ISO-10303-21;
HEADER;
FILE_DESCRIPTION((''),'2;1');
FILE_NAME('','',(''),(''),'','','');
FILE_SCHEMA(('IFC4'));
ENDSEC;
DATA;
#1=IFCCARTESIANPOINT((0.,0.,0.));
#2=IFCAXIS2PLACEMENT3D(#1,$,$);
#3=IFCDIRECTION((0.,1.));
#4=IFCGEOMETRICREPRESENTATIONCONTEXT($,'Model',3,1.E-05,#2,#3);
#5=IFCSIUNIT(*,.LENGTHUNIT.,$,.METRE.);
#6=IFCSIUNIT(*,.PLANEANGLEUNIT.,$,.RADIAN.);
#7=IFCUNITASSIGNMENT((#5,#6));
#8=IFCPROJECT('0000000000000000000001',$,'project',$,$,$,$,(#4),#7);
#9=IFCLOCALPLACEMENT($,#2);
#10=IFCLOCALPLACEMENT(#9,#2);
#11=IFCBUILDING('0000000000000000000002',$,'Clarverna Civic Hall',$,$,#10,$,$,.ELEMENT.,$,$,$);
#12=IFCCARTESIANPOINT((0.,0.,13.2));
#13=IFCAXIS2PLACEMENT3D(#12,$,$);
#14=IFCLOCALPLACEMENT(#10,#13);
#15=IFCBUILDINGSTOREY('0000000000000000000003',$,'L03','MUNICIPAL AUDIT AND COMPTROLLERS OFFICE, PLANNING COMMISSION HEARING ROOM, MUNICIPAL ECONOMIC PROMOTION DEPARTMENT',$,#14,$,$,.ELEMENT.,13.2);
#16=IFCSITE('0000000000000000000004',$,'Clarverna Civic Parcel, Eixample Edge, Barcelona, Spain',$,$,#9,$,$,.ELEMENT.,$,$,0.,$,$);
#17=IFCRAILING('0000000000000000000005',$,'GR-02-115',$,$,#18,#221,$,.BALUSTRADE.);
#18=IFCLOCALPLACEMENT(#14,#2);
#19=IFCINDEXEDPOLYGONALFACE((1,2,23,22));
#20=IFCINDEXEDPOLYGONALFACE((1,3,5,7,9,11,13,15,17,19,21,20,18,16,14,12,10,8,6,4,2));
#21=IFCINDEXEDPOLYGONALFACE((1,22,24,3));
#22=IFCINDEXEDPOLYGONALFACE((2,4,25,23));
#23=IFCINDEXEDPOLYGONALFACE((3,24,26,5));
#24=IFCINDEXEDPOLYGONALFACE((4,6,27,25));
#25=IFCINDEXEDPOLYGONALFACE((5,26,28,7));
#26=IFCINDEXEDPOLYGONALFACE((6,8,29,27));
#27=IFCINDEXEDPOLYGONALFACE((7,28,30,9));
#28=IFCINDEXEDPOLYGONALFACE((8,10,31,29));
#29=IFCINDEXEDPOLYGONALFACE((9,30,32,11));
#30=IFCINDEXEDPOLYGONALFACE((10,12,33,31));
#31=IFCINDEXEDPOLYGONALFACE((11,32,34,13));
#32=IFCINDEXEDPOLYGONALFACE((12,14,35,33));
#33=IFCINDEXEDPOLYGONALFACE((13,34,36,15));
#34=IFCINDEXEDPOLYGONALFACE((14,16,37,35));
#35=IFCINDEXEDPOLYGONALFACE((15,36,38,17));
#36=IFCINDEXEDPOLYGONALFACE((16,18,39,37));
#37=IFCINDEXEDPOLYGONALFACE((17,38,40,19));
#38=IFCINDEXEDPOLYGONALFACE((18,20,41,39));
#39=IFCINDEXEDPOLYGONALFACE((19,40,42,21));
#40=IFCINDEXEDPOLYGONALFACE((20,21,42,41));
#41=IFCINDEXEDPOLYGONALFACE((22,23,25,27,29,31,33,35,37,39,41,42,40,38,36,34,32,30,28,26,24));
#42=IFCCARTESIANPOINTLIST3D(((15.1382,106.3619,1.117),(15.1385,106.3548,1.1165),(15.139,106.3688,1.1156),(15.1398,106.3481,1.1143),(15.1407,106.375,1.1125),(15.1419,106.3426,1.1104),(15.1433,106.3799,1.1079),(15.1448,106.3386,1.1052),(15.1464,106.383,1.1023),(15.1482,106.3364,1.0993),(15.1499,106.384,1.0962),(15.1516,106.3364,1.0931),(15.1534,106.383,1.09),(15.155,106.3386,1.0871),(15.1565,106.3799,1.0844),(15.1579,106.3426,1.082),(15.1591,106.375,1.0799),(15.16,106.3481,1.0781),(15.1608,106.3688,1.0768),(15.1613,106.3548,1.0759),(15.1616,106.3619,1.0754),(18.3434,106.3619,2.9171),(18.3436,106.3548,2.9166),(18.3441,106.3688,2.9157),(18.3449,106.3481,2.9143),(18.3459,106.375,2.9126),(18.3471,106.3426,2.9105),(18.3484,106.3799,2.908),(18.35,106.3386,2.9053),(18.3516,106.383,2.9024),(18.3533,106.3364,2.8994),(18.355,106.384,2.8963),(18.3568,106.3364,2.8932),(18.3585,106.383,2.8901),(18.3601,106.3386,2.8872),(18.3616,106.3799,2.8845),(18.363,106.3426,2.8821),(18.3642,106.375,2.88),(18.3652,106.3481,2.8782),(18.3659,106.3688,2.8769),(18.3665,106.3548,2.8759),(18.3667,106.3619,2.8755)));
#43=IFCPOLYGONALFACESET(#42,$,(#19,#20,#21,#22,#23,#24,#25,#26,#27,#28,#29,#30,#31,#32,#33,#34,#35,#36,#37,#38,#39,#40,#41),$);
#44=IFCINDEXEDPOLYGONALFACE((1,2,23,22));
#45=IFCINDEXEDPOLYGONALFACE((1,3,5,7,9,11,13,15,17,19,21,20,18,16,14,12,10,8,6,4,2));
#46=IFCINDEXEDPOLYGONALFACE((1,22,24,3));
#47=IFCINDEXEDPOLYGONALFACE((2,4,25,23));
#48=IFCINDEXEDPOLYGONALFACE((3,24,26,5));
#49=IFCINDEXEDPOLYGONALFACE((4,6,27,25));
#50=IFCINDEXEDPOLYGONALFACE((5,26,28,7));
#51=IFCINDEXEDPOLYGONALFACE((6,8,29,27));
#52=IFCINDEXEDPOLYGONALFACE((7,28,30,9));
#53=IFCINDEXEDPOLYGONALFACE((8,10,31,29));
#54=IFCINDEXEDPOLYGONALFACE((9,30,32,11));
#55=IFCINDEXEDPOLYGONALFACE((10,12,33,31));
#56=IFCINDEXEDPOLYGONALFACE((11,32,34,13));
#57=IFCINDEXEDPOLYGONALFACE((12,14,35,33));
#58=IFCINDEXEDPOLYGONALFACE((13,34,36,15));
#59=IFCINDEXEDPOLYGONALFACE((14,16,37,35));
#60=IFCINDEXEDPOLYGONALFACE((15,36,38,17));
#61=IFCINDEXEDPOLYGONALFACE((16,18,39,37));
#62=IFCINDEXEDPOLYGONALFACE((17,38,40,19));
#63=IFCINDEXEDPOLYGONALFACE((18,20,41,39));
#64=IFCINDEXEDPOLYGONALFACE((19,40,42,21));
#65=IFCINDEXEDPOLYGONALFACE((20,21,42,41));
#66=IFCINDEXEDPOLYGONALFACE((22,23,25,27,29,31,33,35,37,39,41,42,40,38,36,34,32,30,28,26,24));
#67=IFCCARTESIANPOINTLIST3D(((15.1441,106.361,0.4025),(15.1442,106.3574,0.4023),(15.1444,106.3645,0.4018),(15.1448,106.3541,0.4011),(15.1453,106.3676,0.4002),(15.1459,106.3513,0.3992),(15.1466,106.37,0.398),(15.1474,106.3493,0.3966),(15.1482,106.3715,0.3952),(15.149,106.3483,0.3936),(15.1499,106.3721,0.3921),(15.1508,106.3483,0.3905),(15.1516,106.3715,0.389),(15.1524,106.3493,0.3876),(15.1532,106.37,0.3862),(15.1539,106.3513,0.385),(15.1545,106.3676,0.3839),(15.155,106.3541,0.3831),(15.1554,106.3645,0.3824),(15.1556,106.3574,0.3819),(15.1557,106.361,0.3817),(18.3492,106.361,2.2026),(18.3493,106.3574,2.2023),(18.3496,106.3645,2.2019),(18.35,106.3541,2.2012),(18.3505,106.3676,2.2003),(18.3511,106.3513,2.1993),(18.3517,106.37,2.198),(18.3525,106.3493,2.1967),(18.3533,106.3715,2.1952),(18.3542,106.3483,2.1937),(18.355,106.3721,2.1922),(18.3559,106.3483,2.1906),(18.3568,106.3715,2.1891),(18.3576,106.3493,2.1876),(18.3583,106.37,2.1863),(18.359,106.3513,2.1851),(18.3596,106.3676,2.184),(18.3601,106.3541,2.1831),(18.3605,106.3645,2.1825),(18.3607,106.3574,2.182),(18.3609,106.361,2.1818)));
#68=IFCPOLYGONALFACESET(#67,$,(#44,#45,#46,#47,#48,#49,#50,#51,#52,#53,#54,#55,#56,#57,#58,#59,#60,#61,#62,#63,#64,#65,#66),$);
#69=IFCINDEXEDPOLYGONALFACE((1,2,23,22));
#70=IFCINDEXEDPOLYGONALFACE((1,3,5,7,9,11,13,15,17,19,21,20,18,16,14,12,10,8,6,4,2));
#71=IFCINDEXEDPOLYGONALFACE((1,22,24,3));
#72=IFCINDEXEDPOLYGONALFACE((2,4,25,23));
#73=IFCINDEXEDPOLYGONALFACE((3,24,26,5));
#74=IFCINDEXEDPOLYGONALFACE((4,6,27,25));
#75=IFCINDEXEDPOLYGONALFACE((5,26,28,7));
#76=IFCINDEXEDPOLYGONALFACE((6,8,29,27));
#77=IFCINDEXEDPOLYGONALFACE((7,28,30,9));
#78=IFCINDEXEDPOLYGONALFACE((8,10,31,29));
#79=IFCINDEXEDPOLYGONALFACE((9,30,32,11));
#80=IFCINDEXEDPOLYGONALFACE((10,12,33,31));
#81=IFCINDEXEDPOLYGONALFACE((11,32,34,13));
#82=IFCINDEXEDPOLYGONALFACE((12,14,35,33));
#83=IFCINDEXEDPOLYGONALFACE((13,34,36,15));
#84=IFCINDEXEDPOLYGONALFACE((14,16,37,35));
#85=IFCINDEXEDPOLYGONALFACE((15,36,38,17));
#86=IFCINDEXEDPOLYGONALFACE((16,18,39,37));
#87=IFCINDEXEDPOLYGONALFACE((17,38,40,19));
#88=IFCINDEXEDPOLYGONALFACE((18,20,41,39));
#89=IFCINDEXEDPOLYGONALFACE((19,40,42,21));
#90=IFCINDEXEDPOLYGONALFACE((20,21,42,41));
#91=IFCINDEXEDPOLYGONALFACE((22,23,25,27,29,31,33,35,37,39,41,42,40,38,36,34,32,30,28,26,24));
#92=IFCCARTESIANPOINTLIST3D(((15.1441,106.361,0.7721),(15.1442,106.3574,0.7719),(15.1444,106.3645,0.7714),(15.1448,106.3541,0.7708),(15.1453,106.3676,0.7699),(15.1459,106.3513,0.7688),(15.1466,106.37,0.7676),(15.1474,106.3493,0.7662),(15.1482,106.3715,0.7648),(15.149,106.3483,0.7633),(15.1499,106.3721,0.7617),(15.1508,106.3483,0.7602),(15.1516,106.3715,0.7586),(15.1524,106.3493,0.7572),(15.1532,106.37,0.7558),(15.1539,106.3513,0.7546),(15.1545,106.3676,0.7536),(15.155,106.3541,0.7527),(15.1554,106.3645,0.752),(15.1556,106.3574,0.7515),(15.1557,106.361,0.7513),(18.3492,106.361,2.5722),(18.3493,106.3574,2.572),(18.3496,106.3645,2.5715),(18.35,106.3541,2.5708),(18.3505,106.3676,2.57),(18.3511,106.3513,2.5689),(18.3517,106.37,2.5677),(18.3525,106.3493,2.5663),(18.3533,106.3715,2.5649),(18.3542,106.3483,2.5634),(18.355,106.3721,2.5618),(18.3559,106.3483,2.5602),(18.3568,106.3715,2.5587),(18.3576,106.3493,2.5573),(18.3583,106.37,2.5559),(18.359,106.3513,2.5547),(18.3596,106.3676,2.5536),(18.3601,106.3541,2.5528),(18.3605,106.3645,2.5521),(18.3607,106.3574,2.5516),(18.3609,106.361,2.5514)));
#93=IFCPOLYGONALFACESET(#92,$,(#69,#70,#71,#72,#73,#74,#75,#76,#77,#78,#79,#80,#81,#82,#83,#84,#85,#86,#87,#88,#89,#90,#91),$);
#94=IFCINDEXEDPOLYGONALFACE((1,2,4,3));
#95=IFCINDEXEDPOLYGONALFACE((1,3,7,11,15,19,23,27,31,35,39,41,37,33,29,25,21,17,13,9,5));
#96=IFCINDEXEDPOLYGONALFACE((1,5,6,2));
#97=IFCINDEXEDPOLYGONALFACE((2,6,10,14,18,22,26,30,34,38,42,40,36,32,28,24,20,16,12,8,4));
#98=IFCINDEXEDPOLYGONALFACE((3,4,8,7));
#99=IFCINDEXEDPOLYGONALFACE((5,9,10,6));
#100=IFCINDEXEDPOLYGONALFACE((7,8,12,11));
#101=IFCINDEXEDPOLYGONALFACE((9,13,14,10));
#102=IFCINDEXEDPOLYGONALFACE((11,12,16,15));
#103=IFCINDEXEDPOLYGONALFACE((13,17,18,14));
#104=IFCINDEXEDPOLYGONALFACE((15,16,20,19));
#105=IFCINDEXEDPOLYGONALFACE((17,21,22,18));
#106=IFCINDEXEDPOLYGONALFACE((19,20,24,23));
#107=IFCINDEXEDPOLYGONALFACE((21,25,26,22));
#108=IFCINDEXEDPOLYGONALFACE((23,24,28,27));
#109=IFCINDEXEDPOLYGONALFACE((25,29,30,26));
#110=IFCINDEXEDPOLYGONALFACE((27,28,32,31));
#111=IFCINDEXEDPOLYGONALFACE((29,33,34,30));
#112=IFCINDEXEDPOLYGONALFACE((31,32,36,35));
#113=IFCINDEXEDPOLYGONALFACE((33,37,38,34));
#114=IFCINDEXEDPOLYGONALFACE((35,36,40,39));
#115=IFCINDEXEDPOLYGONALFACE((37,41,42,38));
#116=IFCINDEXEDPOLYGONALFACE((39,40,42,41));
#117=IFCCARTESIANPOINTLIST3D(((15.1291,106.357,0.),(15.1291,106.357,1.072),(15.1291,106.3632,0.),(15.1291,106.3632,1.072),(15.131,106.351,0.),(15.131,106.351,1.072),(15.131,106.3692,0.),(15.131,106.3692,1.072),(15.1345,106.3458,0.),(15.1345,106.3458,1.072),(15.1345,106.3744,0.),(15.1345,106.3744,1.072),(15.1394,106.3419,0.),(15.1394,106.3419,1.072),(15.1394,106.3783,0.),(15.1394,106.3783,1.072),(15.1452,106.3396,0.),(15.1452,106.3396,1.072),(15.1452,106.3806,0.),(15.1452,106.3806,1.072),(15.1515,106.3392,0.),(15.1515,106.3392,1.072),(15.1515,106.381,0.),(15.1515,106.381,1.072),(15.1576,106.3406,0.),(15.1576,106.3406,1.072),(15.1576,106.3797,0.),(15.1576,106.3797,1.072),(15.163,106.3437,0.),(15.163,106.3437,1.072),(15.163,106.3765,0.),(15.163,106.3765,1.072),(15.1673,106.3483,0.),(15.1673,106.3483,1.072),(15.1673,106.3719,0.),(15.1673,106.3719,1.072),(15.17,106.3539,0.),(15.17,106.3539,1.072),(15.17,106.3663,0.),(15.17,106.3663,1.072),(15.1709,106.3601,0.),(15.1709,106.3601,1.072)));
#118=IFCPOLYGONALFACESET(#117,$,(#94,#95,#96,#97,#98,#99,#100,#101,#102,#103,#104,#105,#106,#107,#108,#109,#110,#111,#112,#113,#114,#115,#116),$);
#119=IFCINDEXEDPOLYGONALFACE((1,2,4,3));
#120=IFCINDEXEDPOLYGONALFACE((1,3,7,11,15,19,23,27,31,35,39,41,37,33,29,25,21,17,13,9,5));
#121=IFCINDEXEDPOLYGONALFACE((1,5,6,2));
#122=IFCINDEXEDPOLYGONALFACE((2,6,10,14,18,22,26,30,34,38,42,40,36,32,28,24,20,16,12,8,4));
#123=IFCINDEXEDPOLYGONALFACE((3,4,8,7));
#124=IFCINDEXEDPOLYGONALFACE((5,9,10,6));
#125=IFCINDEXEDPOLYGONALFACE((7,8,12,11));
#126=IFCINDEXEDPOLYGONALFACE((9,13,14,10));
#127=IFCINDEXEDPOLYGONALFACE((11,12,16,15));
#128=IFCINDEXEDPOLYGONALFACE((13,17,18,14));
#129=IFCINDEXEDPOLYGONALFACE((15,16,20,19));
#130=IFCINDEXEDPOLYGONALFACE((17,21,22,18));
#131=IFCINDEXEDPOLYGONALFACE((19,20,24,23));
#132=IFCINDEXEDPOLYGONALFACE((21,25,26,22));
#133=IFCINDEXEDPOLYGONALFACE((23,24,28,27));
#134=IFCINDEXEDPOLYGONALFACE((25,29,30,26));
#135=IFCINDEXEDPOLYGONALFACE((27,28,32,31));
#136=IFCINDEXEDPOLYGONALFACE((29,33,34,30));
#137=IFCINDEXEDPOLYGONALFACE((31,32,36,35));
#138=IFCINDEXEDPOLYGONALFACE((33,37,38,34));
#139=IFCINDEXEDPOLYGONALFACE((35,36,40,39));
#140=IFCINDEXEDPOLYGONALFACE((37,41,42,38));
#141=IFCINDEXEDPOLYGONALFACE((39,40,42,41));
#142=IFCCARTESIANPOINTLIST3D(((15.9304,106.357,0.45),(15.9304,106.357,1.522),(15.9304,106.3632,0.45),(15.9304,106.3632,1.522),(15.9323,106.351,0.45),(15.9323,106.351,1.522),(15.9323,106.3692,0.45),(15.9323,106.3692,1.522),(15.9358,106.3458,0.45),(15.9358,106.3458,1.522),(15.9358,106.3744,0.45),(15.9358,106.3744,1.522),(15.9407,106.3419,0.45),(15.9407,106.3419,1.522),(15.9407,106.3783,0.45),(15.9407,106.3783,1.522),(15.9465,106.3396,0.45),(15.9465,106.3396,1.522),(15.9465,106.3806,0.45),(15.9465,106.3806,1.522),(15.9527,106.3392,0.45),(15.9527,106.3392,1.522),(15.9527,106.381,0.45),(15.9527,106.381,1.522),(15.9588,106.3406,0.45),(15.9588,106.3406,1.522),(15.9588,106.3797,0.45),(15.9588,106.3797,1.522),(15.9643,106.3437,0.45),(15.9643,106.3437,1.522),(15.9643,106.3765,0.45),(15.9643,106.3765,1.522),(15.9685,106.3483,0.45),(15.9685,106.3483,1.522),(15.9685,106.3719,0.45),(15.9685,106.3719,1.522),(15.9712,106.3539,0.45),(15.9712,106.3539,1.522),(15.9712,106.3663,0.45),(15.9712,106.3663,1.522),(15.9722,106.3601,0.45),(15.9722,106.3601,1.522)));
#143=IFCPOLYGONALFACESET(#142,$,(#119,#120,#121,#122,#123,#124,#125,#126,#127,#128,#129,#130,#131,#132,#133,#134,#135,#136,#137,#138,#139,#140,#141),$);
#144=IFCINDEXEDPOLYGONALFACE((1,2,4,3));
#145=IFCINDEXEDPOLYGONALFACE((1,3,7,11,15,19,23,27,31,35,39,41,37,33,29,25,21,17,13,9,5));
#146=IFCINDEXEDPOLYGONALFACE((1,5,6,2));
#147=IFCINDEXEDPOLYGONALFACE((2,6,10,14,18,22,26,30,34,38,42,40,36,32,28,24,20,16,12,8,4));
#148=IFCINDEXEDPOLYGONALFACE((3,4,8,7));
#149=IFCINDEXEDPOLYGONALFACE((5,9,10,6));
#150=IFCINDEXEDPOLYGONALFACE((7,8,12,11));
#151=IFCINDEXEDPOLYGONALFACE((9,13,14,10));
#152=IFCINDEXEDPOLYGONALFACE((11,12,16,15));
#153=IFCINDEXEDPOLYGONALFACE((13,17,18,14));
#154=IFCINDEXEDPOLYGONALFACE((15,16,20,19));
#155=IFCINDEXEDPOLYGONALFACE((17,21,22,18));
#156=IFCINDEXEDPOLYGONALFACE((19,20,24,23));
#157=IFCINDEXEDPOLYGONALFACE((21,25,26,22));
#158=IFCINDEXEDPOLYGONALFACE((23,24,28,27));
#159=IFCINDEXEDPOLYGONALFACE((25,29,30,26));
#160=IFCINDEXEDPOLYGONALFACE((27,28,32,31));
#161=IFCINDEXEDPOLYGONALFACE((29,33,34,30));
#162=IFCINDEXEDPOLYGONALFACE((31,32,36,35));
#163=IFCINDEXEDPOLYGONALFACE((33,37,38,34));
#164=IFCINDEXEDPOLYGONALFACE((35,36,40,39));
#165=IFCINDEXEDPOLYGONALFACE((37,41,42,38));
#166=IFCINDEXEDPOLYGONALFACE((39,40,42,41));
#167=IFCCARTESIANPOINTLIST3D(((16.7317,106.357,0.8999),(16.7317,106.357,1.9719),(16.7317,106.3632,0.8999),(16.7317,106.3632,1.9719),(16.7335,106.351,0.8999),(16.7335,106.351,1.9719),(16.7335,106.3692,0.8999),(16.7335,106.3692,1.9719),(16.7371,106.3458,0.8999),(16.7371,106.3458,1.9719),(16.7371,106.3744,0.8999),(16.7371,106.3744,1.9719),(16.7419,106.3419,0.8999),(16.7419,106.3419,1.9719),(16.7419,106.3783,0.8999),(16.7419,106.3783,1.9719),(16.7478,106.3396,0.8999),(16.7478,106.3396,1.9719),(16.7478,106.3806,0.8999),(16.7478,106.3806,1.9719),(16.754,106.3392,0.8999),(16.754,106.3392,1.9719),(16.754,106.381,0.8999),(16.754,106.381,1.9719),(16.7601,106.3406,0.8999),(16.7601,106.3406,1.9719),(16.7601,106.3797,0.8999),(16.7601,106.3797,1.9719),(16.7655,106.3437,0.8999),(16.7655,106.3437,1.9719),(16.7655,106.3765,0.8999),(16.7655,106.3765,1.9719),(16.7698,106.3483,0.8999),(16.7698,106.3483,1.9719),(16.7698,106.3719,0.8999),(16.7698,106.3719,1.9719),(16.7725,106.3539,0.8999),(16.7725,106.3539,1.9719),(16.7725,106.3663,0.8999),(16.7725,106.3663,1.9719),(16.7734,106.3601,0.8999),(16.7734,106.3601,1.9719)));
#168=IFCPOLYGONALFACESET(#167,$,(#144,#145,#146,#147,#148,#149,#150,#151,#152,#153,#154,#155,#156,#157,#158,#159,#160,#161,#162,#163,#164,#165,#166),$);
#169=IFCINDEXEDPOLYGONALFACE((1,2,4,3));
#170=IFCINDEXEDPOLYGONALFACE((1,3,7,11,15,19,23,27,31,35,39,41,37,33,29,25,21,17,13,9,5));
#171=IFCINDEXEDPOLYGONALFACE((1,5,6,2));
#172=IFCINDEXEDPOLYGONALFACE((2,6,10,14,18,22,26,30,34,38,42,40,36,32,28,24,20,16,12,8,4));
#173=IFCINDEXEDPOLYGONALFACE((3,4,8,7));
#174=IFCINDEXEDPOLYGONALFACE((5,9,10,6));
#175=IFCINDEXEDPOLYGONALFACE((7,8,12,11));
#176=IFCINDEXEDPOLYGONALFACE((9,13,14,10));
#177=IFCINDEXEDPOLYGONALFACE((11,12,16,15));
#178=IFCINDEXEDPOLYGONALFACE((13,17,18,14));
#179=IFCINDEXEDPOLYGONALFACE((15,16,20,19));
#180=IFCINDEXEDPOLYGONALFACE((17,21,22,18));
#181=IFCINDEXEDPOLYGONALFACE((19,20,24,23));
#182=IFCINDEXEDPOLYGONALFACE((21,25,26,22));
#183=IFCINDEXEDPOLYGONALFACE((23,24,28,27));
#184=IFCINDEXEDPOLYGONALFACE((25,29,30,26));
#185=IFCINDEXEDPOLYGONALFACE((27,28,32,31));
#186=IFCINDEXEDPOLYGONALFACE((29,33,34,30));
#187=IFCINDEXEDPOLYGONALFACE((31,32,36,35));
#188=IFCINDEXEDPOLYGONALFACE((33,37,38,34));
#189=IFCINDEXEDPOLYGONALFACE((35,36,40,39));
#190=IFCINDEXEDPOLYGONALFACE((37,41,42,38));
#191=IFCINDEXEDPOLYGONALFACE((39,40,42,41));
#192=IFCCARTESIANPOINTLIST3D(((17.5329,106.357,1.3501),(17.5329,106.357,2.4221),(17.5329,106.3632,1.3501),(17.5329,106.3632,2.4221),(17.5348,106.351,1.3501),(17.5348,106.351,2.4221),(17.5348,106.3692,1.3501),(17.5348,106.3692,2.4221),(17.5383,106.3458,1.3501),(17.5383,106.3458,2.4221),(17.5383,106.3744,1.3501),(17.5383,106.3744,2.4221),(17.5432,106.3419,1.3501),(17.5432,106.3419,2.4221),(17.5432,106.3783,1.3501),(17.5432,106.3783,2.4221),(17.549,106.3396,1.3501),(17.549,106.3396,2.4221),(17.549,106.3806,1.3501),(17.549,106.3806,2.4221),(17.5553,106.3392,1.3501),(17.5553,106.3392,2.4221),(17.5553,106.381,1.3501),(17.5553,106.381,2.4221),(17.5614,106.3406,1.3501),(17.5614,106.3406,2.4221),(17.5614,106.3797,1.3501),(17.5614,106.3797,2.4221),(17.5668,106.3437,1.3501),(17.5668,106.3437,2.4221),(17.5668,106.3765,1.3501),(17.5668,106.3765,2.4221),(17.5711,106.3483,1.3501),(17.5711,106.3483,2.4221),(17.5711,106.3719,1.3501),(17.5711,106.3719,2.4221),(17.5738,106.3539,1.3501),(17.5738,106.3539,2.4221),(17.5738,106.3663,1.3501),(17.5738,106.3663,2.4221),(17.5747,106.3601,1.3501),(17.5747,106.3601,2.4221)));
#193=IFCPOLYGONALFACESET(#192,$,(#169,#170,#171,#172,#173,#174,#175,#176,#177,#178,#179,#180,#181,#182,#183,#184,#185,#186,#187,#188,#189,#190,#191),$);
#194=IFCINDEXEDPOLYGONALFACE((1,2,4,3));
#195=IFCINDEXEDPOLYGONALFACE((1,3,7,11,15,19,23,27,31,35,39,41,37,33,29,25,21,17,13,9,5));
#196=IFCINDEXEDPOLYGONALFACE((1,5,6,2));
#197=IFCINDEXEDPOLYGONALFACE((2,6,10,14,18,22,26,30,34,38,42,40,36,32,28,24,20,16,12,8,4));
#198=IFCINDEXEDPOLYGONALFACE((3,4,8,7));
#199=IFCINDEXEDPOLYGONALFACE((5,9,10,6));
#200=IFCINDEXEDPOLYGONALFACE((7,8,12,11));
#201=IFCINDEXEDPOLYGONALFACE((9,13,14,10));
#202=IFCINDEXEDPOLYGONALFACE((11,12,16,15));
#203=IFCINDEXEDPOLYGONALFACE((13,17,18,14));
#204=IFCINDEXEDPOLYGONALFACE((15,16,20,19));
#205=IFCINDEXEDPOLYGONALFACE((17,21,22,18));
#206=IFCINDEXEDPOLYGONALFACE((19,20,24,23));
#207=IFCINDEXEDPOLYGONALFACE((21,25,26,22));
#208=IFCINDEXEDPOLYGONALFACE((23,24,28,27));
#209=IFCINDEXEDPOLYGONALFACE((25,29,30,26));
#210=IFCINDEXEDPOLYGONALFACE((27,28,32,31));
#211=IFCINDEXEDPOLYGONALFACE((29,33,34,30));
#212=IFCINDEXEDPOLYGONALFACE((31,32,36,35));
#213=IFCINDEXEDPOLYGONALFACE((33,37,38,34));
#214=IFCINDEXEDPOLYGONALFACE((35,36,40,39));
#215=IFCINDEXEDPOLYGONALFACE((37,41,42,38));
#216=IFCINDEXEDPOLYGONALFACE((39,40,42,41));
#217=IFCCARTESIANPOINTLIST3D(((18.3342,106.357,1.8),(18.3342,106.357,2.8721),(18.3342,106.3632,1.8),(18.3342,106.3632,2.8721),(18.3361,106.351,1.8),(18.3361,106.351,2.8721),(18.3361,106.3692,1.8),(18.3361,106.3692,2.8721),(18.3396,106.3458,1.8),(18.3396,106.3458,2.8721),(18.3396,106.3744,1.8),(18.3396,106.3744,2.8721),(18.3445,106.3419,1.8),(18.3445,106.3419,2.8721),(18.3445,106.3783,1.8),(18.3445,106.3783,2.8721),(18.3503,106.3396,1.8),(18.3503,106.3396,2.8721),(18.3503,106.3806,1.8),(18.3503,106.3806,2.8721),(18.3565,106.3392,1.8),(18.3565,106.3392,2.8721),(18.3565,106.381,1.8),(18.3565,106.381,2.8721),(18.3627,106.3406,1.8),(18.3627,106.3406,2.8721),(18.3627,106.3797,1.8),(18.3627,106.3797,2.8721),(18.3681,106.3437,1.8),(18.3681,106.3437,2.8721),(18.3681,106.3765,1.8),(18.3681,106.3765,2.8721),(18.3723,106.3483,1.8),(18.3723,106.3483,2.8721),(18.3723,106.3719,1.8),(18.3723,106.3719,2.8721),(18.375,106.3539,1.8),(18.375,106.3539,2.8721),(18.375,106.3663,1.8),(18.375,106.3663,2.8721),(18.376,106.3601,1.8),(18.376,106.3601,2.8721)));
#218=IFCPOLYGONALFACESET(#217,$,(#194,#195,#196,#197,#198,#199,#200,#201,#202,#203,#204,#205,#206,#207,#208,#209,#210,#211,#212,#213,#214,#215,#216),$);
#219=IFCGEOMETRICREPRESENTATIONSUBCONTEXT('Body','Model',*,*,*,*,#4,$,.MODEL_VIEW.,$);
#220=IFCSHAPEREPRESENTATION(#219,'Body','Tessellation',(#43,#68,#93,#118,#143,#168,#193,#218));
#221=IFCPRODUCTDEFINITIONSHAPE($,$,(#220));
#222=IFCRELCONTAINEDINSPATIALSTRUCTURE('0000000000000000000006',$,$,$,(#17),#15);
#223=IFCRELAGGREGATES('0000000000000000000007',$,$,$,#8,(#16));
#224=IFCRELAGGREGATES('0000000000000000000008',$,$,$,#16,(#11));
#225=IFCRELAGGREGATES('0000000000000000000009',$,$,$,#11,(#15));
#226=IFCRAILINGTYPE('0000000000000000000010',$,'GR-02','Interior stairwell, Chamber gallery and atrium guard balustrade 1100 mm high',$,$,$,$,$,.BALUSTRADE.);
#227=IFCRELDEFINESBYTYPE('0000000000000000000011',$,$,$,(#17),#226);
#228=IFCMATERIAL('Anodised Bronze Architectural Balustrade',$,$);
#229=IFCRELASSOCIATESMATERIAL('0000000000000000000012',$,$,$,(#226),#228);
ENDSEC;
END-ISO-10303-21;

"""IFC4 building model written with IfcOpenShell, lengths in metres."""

from ifc_helpers import new_model, si_unit, direction, frame, origin, origin_2d, place, context, subcontext, project, spatial, circle, extrude, material, type_object, element, save


model = new_model("IFC4")

# Units and contexts
model_context = context("Model", 3, precision=1e-05, world=origin(), true_north=direction((0.0, 1.0)))
body_context = subcontext(model_context, "Body", "Model", "MODEL_VIEW")
ifc_project = project(units=[si_unit("LENGTHUNIT", "METRE"), si_unit("PLANEANGLEUNIT", "RADIAN")], contexts=[model_context])

# Site, building, storey
site_placement = place(None, origin())
site = spatial("IfcSite", under=ifc_project, at=site_placement, Name="Clarverna Civic Parcel, Eixample Edge, Barcelona, Spain", CompositionType="ELEMENT", RefElevation=0.0)
building_placement = place(site_placement, origin())
building = spatial("IfcBuilding", under=site, at=building_placement, Name="Clarverna Civic Hall", CompositionType="ELEMENT")
storey_placement = place(building_placement, frame((0.0, 0.0, 13.2)))
storey = spatial("IfcBuildingStorey", under=building, at=storey_placement, Name="L03", Description="MUNICIPAL AUDIT AND COMPTROLLERS OFFICE, PLANNING COMMISSION HEARING ROOM, MUNICIPAL ECONOMIC PROMOTION DEPARTMENT", CompositionType="ELEMENT", Elevation=13.2)

# Railing
ifc_material_1 = material(Name="Anodised Bronze Architectural Balustrade")
railing_type_1 = type_object("IfcRailingType", Name="GR-02", Description="Interior stairwell, Chamber gallery and atrium guard balustrade 1100 mm high", PredefinedType="BALUSTRADE", material=ifc_material_1)
railing_1_placement = place(storey_placement, frame((15.1499, 106.3601, 0.0)))
element("IfcRailing", 1, at=railing_1_placement, inside=storey, type_object=railing_type_1, Name="GR-02-115", PredefinedType="BALUSTRADE", context=body_context, shape_type="SweptSolid", body=[
    extrude(circle(Radius=0.0239, at=origin_2d()), frame((0.0, 0.0, 1.0962), z_axis=(0.871902, 0.0, 0.489681), x_axis=(0.0, 1.0, 0.0)), (0.0, 0.0, 1.0), 3.676),
    extrude(circle(Radius=0.012, at=origin_2d()), frame((0.0, 0.0, 0.3921), z_axis=(0.871902, 0.0, 0.489681), x_axis=(0.0, 1.0, 0.0)), (0.0, 0.0, 1.0), 3.676),
    extrude(circle(Radius=0.012, at=origin_2d()), frame((0.0, 0.0, 0.7617), z_axis=(0.871902, 0.0, 0.489681), x_axis=(0.0, 1.0, 0.0)), (0.0, 0.0, 1.0), 3.676),
    extrude(circle(Radius=0.021, at=origin_2d()), origin(), (0.0, 0.0, 1.0), 1.072),
    extrude(circle(Radius=0.021, at=origin_2d()), frame((0.8013, 0.0, 0.45)), (0.0, 0.0, 1.0), 1.072),
    extrude(circle(Radius=0.021, at=origin_2d()), frame((1.6025, 0.0, 0.8999)), (0.0, 0.0, 1.0), 1.072),
    extrude(circle(Radius=0.021, at=origin_2d()), frame((2.4038, 0.0, 1.3501)), (0.0, 0.0, 1.0), 1.072),
    extrude(circle(Radius=0.021, at=origin_2d()), frame((3.2051, 0.0, 1.8)), (0.0, 0.0, 1.0), 1.072),
])

save(model, "model.ifc")
